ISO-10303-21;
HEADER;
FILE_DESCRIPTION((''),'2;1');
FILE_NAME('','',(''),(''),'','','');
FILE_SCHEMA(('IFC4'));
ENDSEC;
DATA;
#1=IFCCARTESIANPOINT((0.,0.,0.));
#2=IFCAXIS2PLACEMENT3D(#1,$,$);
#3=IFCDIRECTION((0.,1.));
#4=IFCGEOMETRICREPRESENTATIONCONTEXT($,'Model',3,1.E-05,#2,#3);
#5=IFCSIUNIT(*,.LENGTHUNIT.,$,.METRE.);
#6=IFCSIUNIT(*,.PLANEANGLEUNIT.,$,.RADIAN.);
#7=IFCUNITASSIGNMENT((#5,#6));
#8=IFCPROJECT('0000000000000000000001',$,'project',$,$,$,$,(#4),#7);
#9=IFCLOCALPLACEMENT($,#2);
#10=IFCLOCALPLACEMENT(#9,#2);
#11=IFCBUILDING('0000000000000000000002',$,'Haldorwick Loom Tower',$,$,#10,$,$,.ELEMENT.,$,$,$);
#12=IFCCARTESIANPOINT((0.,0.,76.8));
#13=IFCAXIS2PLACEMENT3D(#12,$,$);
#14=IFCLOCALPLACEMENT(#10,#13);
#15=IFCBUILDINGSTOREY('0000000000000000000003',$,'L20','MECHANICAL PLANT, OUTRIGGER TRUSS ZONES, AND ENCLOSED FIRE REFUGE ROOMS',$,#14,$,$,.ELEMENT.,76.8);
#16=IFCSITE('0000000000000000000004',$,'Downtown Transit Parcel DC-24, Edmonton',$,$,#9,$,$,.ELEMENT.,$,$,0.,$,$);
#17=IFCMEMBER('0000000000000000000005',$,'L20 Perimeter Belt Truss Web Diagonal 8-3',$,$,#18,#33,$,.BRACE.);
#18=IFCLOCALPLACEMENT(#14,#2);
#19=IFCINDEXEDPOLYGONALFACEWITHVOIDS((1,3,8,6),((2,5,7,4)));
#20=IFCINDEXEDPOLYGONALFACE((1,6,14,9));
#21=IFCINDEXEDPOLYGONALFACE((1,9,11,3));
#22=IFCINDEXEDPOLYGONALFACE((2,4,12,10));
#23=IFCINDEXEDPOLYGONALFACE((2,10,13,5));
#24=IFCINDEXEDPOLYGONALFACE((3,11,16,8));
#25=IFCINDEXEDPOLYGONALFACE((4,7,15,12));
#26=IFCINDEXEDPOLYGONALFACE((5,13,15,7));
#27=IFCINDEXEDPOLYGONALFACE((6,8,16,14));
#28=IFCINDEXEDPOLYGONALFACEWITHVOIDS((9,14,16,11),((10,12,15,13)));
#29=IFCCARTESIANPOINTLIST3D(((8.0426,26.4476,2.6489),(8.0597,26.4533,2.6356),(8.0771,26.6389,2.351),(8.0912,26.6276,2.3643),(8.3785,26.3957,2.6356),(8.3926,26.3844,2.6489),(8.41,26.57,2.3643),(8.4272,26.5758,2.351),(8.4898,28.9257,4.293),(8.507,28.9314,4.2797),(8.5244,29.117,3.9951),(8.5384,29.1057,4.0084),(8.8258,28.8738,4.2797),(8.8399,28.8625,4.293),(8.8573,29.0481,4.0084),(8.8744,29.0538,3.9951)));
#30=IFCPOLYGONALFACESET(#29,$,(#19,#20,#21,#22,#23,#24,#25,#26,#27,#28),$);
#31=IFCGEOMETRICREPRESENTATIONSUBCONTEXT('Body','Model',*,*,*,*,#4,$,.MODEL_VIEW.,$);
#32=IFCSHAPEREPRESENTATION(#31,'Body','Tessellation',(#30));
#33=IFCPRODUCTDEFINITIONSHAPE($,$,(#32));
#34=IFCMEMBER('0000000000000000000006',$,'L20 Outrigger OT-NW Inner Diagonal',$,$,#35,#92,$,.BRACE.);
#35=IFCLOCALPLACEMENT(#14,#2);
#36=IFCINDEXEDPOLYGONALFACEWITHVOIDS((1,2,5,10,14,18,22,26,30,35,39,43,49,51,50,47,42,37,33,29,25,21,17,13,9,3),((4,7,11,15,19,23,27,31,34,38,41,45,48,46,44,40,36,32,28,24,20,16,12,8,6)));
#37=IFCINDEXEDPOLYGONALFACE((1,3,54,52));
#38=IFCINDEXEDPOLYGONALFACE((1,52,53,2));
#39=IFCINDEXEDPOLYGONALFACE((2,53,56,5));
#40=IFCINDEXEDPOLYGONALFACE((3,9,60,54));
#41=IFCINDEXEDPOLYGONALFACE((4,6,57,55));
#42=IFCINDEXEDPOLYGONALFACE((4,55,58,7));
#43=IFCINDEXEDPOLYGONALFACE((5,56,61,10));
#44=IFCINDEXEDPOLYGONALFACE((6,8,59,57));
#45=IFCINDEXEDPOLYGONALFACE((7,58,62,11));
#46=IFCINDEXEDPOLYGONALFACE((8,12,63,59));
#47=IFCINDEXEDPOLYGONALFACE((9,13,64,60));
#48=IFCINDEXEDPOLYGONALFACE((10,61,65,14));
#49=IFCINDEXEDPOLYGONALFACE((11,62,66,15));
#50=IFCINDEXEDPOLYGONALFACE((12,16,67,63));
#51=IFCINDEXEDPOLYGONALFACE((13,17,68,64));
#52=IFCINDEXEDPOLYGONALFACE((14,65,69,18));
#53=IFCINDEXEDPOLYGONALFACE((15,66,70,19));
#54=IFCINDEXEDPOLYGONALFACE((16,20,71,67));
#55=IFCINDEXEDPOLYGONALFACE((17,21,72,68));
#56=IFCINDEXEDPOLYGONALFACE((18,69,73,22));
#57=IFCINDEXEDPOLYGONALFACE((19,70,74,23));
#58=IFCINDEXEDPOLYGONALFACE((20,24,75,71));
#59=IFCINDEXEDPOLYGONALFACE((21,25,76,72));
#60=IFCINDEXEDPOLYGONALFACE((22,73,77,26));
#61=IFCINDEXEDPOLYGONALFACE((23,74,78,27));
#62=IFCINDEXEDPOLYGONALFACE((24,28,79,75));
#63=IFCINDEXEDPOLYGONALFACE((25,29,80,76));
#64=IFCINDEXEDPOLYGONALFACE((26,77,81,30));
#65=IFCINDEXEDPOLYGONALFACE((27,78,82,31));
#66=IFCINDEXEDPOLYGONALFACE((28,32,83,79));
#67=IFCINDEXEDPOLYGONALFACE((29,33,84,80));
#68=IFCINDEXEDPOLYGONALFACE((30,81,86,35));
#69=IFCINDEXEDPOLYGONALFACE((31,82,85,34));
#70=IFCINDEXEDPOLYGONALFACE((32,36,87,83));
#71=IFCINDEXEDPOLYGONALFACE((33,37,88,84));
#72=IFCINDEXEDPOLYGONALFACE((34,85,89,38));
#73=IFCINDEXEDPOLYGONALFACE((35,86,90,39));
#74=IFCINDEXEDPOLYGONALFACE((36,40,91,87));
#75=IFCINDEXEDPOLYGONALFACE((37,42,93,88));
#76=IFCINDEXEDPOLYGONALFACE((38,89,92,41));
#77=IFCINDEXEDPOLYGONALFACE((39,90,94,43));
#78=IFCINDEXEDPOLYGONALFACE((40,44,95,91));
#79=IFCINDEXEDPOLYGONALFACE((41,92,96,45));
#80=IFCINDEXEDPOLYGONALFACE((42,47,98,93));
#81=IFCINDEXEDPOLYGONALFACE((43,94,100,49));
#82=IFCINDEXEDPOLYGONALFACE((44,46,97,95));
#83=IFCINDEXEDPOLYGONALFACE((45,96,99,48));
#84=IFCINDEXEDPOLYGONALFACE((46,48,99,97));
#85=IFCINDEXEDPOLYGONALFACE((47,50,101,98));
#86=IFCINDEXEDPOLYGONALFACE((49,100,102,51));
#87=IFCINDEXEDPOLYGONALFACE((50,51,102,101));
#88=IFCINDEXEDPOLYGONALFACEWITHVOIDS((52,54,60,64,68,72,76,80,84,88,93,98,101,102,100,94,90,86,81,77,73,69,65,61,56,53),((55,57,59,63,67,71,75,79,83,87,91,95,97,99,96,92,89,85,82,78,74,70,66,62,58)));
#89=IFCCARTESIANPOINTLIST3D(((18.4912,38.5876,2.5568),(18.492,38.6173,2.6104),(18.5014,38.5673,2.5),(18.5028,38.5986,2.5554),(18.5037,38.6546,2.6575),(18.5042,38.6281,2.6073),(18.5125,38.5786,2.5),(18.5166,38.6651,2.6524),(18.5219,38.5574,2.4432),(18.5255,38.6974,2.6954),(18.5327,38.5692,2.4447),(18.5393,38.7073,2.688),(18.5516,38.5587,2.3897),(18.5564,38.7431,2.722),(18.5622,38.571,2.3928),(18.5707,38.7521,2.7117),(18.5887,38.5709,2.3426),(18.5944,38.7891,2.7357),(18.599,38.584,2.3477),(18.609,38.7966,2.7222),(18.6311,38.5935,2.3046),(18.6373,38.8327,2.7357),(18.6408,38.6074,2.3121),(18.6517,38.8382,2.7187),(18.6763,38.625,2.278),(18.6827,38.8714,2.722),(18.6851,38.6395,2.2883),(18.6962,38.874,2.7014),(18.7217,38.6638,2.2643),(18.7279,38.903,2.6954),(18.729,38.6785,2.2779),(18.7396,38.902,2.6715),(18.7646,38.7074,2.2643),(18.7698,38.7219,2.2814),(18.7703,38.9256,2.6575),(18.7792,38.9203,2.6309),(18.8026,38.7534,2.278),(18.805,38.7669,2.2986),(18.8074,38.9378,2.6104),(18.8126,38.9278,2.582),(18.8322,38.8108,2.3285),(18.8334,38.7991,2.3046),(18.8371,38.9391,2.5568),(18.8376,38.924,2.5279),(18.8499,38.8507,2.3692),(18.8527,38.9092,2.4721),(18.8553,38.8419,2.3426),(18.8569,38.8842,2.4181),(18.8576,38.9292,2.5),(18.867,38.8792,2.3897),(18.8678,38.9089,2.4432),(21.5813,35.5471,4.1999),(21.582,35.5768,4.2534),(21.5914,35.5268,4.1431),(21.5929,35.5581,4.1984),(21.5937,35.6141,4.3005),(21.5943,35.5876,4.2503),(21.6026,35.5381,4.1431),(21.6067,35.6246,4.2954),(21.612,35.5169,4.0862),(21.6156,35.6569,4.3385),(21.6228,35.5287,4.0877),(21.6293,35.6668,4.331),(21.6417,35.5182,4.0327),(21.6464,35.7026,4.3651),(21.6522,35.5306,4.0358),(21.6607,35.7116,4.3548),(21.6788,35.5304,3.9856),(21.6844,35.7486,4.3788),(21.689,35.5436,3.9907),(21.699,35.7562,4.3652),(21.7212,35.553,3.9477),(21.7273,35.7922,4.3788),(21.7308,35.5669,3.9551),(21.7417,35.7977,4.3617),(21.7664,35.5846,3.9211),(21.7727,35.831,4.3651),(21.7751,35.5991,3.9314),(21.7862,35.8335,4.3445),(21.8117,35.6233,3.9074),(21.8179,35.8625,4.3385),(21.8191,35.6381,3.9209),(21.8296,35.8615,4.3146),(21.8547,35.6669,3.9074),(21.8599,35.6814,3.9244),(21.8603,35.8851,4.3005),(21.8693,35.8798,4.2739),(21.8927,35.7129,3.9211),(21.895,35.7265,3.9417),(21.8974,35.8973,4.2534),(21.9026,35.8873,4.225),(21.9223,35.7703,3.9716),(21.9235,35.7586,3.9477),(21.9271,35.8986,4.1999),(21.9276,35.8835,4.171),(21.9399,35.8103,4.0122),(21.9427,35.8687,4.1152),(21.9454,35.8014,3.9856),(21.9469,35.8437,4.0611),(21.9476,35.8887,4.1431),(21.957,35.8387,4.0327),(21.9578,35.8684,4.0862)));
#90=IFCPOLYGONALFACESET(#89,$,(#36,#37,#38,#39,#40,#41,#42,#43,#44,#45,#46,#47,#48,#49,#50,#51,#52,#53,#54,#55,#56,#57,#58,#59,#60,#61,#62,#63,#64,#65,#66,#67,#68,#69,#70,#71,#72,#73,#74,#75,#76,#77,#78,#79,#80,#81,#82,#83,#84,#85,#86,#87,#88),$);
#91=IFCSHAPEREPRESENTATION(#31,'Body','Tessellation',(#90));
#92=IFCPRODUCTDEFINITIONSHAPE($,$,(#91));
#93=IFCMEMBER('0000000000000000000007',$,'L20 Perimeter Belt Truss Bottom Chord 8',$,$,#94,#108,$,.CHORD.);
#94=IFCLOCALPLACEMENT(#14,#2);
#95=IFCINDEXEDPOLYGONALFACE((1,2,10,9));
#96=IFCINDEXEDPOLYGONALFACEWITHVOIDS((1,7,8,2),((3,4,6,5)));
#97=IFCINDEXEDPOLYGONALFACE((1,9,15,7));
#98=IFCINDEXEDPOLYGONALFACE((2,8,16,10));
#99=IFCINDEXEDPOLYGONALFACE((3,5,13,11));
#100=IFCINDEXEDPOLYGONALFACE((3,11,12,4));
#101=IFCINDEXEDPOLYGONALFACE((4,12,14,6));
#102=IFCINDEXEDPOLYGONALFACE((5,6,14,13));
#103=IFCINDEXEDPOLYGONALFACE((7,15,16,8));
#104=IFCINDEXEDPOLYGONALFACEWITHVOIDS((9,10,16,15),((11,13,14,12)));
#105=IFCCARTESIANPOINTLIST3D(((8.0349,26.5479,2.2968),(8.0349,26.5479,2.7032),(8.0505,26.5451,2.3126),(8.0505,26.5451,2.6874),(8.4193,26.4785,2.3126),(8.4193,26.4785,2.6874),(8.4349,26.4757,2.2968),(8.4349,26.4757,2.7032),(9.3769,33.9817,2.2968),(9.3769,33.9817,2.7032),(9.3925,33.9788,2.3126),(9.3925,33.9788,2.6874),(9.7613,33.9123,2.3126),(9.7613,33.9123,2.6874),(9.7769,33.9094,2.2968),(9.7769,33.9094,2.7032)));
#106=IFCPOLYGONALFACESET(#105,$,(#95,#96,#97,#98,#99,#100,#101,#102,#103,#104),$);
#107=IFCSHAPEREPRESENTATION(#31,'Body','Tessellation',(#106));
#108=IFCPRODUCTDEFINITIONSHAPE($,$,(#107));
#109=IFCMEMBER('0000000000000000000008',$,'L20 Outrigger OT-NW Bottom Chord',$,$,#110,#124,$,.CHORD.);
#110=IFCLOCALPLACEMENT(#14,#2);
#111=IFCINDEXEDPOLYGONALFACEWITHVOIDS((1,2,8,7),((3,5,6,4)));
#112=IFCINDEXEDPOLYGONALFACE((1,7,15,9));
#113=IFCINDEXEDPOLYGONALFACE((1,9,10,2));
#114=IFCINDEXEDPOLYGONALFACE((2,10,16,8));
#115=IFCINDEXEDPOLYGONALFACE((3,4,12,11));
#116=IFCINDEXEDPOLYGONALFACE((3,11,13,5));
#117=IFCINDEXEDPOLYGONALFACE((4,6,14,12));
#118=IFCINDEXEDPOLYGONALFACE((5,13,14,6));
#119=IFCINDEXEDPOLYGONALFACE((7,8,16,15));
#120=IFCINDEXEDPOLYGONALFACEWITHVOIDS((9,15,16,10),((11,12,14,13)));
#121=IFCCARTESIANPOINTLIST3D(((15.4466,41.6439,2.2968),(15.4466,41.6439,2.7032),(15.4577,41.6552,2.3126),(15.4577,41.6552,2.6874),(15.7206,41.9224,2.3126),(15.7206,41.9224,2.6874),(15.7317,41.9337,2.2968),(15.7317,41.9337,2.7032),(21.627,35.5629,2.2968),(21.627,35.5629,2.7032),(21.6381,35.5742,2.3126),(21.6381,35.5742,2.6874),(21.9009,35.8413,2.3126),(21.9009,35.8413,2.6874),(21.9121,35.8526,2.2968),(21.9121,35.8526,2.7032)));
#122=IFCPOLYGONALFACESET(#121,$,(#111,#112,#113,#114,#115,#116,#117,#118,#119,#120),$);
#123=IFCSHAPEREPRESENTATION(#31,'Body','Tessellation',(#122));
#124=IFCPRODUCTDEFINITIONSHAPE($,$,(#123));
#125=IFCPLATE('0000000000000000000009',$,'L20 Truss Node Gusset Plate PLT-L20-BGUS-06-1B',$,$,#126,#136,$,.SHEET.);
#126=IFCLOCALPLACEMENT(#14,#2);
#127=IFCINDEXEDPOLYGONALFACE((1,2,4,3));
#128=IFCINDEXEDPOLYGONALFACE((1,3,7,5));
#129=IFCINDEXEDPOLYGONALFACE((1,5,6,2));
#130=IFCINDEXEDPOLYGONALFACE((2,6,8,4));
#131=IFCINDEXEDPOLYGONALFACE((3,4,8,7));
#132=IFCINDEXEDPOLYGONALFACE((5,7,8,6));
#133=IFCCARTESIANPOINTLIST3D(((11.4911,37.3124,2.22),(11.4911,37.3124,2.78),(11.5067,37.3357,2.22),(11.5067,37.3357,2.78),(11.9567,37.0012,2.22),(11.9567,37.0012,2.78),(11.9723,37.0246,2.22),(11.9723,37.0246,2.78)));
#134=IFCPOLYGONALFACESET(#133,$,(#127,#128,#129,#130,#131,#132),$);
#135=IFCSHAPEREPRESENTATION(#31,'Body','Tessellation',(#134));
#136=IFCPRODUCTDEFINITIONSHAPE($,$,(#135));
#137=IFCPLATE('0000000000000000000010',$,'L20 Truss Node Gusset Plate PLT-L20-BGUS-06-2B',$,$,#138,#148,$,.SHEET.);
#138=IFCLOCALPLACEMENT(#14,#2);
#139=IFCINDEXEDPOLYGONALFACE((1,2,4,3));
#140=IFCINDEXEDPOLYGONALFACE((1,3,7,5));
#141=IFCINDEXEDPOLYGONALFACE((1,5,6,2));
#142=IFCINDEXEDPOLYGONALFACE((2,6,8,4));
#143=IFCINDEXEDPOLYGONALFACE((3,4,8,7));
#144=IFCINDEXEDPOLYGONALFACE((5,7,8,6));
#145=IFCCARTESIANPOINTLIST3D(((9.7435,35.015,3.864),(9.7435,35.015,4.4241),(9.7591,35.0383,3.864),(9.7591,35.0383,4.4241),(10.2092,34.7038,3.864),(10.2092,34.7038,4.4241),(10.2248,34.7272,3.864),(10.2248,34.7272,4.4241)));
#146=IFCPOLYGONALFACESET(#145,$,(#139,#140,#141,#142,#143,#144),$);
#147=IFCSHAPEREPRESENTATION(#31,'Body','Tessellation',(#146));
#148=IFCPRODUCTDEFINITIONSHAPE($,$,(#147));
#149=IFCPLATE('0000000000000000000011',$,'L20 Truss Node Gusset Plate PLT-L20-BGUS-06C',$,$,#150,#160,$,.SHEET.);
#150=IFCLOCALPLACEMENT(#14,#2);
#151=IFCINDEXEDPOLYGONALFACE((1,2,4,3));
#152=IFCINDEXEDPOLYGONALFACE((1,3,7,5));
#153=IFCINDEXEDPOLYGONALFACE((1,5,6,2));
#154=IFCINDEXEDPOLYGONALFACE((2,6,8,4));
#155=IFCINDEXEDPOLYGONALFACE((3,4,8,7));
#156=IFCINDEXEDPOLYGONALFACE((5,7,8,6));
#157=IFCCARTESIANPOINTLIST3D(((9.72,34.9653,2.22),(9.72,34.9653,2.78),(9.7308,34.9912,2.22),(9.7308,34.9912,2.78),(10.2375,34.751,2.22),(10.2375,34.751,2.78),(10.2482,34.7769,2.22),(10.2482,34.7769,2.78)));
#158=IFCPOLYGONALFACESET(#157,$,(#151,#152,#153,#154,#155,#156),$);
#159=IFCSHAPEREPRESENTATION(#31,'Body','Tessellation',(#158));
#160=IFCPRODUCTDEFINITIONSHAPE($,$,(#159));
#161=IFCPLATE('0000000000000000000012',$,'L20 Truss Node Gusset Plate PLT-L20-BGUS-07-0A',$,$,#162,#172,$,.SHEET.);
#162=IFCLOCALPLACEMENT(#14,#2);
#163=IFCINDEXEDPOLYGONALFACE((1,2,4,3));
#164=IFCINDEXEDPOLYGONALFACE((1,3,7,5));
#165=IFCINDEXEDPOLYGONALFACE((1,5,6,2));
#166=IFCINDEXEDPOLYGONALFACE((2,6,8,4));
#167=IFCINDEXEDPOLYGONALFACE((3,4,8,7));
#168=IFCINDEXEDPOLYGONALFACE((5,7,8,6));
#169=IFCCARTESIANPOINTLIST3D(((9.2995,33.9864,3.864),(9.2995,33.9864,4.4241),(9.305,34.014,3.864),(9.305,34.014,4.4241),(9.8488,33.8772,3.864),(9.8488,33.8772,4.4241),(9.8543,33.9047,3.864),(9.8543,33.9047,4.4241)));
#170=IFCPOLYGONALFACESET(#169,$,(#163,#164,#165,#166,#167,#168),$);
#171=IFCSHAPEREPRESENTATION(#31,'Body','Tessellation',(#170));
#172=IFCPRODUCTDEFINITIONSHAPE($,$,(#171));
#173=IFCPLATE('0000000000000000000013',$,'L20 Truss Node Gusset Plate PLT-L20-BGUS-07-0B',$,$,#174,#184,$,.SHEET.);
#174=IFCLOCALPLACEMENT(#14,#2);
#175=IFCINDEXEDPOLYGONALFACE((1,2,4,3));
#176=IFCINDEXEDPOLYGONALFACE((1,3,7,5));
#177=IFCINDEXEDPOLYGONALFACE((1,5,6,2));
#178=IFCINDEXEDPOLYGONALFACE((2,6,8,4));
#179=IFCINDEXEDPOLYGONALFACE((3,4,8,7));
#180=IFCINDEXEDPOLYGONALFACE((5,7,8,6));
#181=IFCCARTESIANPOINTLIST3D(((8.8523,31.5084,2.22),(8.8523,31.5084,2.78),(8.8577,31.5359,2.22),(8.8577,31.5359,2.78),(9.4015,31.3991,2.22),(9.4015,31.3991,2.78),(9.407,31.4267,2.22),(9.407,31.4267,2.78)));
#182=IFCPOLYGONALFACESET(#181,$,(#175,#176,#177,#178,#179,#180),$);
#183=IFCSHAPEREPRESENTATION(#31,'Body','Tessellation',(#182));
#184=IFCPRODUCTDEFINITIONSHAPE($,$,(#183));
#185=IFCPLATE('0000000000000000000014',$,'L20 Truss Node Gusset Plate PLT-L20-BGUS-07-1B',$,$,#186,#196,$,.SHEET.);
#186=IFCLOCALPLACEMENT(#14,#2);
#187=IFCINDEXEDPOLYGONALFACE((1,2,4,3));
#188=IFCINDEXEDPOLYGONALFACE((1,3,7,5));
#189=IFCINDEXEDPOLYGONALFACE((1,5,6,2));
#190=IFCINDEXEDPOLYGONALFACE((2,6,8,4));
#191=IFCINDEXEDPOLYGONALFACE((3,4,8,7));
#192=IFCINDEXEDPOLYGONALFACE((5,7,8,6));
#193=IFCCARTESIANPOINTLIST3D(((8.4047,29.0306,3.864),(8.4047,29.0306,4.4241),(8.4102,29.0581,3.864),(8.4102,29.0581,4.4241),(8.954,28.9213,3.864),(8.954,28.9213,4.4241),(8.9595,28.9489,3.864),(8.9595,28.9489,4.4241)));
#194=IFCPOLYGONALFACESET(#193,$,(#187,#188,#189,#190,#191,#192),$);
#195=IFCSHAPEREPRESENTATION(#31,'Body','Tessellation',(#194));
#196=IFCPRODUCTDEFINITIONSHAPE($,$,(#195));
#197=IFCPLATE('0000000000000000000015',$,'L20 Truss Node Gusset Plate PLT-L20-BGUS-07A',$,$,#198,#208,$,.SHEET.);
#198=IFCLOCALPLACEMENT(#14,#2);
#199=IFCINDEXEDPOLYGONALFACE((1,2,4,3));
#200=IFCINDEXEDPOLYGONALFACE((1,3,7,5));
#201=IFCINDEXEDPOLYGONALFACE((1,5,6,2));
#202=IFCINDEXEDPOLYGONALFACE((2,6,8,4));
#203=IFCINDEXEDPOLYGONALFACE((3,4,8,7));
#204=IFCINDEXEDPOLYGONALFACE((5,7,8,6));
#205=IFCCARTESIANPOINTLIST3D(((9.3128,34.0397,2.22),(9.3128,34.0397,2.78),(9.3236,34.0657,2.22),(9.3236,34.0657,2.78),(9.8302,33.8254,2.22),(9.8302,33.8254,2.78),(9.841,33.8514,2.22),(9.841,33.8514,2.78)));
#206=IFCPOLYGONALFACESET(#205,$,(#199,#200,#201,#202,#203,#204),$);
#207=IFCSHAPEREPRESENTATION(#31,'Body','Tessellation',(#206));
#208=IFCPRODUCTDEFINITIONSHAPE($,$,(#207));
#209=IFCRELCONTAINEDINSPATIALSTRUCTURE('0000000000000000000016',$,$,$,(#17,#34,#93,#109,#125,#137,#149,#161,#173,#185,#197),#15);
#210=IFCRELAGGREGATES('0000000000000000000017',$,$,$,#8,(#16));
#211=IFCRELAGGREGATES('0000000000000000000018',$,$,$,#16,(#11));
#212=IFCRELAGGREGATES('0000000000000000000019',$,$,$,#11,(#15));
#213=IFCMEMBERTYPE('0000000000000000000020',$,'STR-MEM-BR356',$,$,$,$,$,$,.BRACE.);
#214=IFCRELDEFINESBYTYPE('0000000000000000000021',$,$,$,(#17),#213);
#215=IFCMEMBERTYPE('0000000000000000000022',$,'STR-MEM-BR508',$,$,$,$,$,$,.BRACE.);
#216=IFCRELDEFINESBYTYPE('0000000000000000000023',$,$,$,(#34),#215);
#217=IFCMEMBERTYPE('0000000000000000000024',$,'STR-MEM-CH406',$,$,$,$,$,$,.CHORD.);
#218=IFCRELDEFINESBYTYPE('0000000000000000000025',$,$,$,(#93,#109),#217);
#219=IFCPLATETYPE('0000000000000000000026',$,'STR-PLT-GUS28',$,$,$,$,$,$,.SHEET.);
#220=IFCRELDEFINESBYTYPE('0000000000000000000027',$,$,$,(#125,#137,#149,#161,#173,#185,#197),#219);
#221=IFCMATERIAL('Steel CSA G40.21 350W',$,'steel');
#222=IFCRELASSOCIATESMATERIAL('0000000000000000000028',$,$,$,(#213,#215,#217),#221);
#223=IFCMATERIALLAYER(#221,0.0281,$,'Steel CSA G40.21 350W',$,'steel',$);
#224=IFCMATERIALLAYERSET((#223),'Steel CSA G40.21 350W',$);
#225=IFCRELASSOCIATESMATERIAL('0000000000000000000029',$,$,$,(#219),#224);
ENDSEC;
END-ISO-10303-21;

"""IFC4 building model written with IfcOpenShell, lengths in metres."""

from ifc_helpers import new_model, si_unit, direction, frame, origin, origin_2d, place, context, subcontext, project, spatial, rectangle, hollow_rectangle, hollow_circle, extrude, material, layer, layer_set, material_profile, profile_set, type_object, element, save


model = new_model("IFC4")

# Units and contexts
model_context = context("Model", 3, precision=1e-05, world=origin(), true_north=direction((0.0, 1.0)))
body_context = subcontext(model_context, "Body", "Model", "MODEL_VIEW")
ifc_project = project(units=[si_unit("LENGTHUNIT", "METRE"), si_unit("PLANEANGLEUNIT", "RADIAN")], contexts=[model_context])

# Site, building, storey
site_placement = place(None, origin())
site = spatial("IfcSite", under=ifc_project, at=site_placement, Name="Downtown Transit Parcel DC-24, Edmonton", CompositionType="ELEMENT", RefElevation=0.0)
building_placement = place(site_placement, origin())
building = spatial("IfcBuilding", under=site, at=building_placement, Name="Haldorwick Loom Tower", CompositionType="ELEMENT")
storey_placement = place(building_placement, frame((0.0, 0.0, 76.8)))
storey = spatial("IfcBuildingStorey", under=building, at=storey_placement, Name="L20", Description="MECHANICAL PLANT, OUTRIGGER TRUSS ZONES, AND ENCLOSED FIRE REFUGE ROOMS", CompositionType="ELEMENT", Elevation=76.8)

# Shared definitions
ifc_material_1 = material(Name="Steel CSA G40.21 350W", Category="steel")

# Members
ifc_material_profile_1 = material_profile(ifc_material_1, hollow_rectangle(XDim=0.3557, YDim=0.3557, WallThickness=0.0159, at=origin_2d()), Name="HSS356X356X16", Category="steel")
ifc_profile_set_1 = profile_set([ifc_material_profile_1], Name="Steel CSA G40.21 350W")
member_type_1 = type_object("IfcMemberType", Name="STR-MEM-BR356", PredefinedType="BRACE", material=ifc_profile_set_1)
member_1_placement = place(storey_placement, frame((8.6821, 28.9897, 4.144), z_axis=(-0.148729, -0.824018, -0.546693), x_axis=(0.984099, -0.177623, 0.0)))
element("IfcMember", 1, at=member_1_placement, inside=storey, type_object=member_type_1, Name="L20 Perimeter Belt Truss Web Diagonal 8-3", PredefinedType="BRACE", context=body_context, shape_type="SweptSolid", body=[
    extrude(hollow_rectangle(XDim=0.3557, YDim=0.3557, WallThickness=0.0159, at=origin_2d()), origin(), (0.0, 0.0, 1.0), 3.0073),
])
ifc_material_profile_2 = material_profile(ifc_material_1, hollow_circle(Radius=0.2539, WallThickness=0.0159, at=origin_2d()), Name="HSS508X16", Category="steel")
ifc_profile_set_2 = profile_set([ifc_material_profile_2], Name="Steel CSA G40.21 350W")
member_type_2 = type_object("IfcMemberType", Name="STR-MEM-BR508", PredefinedType="BRACE", material=ifc_profile_set_2)
member_2_placement = place(storey_placement, frame((21.7695, 35.7078, 4.1431), z_axis=(-0.666532, 0.655842, -0.35441), x_axis=(-0.701368, -0.7128, 0.0)))
element("IfcMember", 2, at=member_2_placement, inside=storey, type_object=member_type_2, Name="L20 Outrigger OT-NW Inner Diagonal", PredefinedType="BRACE", context=body_context, shape_type="SweptSolid", body=[
    extrude(hollow_circle(Radius=0.2539, WallThickness=0.0159, at=origin_2d()), origin(), (0.0, 0.0, 1.0), 4.636),
])
ifc_material_profile_3 = material_profile(ifc_material_1, hollow_rectangle(XDim=0.4065, YDim=0.4065, WallThickness=0.0159, at=origin_2d()), Name="HSS406X406X16", Category="steel")
ifc_profile_set_3 = profile_set([ifc_material_profile_3], Name="Steel CSA G40.21 350W")
member_type_3 = type_object("IfcMemberType", Name="STR-MEM-CH406", PredefinedType="CHORD", material=ifc_profile_set_3)
member_3_placement = place(storey_placement, frame((9.5769, 33.9456, 2.5), z_axis=(-0.177659, -0.984092, 0.0), x_axis=(0.984092, -0.177659, 0.0)))
element("IfcMember", 3, at=member_3_placement, inside=storey, type_object=member_type_3, Name="L20 Perimeter Belt Truss Bottom Chord 8", PredefinedType="CHORD", context=body_context, shape_type="SweptSolid", body=[
    extrude(hollow_rectangle(XDim=0.4065, YDim=0.4065, WallThickness=0.0159, at=origin_2d()), origin(), (0.0, 0.0, 1.0), 7.554),
])
member_4_placement = place(storey_placement, frame((21.7695, 35.7078, 2.5), z_axis=(-0.712814, 0.701353, 0.0), x_axis=(-0.701353, -0.712814, 0.0)))
element("IfcMember", 4, at=member_4_placement, inside=storey, type_object=member_type_3, Name="L20 Outrigger OT-NW Bottom Chord", PredefinedType="CHORD", context=body_context, shape_type="SweptSolid", body=[
    extrude(hollow_rectangle(XDim=0.4065, YDim=0.4065, WallThickness=0.0159, at=origin_2d()), origin(), (0.0, 0.0, 1.0), 8.6704),
])

# Plates
ifc_layer_1 = layer(ifc_material_1, 0.0281, Name="Steel CSA G40.21 350W", Category="steel")
ifc_layer_set_1 = layer_set([ifc_layer_1], Name="Steel CSA G40.21 350W")
plate_type = type_object("IfcPlateType", Name="STR-PLT-GUS28", PredefinedType="SHEET", material=ifc_layer_set_1)
for number, where, z_axis, x_axis, name in (
    (5, (11.7317, 37.1685, 2.22), (0.0, 0.0, 1.0), (-0.83147, 0.55557, 0.0), "L20 Truss Node Gusset Plate PLT-L20-BGUS-06-1B"),
    (6, (9.9841, 34.8711, 3.864), (0.0, 0.0, 1.0), (-0.83147, 0.55557, 0.0), "L20 Truss Node Gusset Plate PLT-L20-BGUS-06-2B"),
    (7, (9.9841, 34.8711, 2.22), (0.0, 0.0, 1.0), (-0.92388, 0.382683, 0.0), "L20 Truss Node Gusset Plate PLT-L20-BGUS-06C"),
    (8, (9.5769, 33.9456, 3.864), (0.0, 0.0, 1.0), (-0.980785, 0.19509, 0.0), "L20 Truss Node Gusset Plate PLT-L20-BGUS-07-0A"),
    (9, (9.1296, 31.4675, 2.22), (0.0, 0.0, 1.0), (-0.980785, 0.19509, 0.0), "L20 Truss Node Gusset Plate PLT-L20-BGUS-07-0B"),
    (10, (8.6821, 28.9897, 3.864), (0.0, 0.0, 1.0), (-0.980785, 0.19509, 0.0), "L20 Truss Node Gusset Plate PLT-L20-BGUS-07-1B"),
    (11, (9.5769, 33.9456, 2.22), (0.0, 0.0, 1.0), (-0.92388, 0.382683, 0.0), "L20 Truss Node Gusset Plate PLT-L20-BGUS-07A"),
):
    element("IfcPlate", number, at=place(storey_placement, frame(where, z_axis=z_axis, x_axis=x_axis)), inside=storey, type_object=plate_type, Name=name, PredefinedType="SHEET", context=body_context, shape_type="SweptSolid", body=[
        extrude(rectangle(XDim=0.5601, YDim=0.0281, at=origin_2d()), origin(), (0.0, 0.0, 1.0), 0.5601),
    ])

save(model, "model.ifc")
